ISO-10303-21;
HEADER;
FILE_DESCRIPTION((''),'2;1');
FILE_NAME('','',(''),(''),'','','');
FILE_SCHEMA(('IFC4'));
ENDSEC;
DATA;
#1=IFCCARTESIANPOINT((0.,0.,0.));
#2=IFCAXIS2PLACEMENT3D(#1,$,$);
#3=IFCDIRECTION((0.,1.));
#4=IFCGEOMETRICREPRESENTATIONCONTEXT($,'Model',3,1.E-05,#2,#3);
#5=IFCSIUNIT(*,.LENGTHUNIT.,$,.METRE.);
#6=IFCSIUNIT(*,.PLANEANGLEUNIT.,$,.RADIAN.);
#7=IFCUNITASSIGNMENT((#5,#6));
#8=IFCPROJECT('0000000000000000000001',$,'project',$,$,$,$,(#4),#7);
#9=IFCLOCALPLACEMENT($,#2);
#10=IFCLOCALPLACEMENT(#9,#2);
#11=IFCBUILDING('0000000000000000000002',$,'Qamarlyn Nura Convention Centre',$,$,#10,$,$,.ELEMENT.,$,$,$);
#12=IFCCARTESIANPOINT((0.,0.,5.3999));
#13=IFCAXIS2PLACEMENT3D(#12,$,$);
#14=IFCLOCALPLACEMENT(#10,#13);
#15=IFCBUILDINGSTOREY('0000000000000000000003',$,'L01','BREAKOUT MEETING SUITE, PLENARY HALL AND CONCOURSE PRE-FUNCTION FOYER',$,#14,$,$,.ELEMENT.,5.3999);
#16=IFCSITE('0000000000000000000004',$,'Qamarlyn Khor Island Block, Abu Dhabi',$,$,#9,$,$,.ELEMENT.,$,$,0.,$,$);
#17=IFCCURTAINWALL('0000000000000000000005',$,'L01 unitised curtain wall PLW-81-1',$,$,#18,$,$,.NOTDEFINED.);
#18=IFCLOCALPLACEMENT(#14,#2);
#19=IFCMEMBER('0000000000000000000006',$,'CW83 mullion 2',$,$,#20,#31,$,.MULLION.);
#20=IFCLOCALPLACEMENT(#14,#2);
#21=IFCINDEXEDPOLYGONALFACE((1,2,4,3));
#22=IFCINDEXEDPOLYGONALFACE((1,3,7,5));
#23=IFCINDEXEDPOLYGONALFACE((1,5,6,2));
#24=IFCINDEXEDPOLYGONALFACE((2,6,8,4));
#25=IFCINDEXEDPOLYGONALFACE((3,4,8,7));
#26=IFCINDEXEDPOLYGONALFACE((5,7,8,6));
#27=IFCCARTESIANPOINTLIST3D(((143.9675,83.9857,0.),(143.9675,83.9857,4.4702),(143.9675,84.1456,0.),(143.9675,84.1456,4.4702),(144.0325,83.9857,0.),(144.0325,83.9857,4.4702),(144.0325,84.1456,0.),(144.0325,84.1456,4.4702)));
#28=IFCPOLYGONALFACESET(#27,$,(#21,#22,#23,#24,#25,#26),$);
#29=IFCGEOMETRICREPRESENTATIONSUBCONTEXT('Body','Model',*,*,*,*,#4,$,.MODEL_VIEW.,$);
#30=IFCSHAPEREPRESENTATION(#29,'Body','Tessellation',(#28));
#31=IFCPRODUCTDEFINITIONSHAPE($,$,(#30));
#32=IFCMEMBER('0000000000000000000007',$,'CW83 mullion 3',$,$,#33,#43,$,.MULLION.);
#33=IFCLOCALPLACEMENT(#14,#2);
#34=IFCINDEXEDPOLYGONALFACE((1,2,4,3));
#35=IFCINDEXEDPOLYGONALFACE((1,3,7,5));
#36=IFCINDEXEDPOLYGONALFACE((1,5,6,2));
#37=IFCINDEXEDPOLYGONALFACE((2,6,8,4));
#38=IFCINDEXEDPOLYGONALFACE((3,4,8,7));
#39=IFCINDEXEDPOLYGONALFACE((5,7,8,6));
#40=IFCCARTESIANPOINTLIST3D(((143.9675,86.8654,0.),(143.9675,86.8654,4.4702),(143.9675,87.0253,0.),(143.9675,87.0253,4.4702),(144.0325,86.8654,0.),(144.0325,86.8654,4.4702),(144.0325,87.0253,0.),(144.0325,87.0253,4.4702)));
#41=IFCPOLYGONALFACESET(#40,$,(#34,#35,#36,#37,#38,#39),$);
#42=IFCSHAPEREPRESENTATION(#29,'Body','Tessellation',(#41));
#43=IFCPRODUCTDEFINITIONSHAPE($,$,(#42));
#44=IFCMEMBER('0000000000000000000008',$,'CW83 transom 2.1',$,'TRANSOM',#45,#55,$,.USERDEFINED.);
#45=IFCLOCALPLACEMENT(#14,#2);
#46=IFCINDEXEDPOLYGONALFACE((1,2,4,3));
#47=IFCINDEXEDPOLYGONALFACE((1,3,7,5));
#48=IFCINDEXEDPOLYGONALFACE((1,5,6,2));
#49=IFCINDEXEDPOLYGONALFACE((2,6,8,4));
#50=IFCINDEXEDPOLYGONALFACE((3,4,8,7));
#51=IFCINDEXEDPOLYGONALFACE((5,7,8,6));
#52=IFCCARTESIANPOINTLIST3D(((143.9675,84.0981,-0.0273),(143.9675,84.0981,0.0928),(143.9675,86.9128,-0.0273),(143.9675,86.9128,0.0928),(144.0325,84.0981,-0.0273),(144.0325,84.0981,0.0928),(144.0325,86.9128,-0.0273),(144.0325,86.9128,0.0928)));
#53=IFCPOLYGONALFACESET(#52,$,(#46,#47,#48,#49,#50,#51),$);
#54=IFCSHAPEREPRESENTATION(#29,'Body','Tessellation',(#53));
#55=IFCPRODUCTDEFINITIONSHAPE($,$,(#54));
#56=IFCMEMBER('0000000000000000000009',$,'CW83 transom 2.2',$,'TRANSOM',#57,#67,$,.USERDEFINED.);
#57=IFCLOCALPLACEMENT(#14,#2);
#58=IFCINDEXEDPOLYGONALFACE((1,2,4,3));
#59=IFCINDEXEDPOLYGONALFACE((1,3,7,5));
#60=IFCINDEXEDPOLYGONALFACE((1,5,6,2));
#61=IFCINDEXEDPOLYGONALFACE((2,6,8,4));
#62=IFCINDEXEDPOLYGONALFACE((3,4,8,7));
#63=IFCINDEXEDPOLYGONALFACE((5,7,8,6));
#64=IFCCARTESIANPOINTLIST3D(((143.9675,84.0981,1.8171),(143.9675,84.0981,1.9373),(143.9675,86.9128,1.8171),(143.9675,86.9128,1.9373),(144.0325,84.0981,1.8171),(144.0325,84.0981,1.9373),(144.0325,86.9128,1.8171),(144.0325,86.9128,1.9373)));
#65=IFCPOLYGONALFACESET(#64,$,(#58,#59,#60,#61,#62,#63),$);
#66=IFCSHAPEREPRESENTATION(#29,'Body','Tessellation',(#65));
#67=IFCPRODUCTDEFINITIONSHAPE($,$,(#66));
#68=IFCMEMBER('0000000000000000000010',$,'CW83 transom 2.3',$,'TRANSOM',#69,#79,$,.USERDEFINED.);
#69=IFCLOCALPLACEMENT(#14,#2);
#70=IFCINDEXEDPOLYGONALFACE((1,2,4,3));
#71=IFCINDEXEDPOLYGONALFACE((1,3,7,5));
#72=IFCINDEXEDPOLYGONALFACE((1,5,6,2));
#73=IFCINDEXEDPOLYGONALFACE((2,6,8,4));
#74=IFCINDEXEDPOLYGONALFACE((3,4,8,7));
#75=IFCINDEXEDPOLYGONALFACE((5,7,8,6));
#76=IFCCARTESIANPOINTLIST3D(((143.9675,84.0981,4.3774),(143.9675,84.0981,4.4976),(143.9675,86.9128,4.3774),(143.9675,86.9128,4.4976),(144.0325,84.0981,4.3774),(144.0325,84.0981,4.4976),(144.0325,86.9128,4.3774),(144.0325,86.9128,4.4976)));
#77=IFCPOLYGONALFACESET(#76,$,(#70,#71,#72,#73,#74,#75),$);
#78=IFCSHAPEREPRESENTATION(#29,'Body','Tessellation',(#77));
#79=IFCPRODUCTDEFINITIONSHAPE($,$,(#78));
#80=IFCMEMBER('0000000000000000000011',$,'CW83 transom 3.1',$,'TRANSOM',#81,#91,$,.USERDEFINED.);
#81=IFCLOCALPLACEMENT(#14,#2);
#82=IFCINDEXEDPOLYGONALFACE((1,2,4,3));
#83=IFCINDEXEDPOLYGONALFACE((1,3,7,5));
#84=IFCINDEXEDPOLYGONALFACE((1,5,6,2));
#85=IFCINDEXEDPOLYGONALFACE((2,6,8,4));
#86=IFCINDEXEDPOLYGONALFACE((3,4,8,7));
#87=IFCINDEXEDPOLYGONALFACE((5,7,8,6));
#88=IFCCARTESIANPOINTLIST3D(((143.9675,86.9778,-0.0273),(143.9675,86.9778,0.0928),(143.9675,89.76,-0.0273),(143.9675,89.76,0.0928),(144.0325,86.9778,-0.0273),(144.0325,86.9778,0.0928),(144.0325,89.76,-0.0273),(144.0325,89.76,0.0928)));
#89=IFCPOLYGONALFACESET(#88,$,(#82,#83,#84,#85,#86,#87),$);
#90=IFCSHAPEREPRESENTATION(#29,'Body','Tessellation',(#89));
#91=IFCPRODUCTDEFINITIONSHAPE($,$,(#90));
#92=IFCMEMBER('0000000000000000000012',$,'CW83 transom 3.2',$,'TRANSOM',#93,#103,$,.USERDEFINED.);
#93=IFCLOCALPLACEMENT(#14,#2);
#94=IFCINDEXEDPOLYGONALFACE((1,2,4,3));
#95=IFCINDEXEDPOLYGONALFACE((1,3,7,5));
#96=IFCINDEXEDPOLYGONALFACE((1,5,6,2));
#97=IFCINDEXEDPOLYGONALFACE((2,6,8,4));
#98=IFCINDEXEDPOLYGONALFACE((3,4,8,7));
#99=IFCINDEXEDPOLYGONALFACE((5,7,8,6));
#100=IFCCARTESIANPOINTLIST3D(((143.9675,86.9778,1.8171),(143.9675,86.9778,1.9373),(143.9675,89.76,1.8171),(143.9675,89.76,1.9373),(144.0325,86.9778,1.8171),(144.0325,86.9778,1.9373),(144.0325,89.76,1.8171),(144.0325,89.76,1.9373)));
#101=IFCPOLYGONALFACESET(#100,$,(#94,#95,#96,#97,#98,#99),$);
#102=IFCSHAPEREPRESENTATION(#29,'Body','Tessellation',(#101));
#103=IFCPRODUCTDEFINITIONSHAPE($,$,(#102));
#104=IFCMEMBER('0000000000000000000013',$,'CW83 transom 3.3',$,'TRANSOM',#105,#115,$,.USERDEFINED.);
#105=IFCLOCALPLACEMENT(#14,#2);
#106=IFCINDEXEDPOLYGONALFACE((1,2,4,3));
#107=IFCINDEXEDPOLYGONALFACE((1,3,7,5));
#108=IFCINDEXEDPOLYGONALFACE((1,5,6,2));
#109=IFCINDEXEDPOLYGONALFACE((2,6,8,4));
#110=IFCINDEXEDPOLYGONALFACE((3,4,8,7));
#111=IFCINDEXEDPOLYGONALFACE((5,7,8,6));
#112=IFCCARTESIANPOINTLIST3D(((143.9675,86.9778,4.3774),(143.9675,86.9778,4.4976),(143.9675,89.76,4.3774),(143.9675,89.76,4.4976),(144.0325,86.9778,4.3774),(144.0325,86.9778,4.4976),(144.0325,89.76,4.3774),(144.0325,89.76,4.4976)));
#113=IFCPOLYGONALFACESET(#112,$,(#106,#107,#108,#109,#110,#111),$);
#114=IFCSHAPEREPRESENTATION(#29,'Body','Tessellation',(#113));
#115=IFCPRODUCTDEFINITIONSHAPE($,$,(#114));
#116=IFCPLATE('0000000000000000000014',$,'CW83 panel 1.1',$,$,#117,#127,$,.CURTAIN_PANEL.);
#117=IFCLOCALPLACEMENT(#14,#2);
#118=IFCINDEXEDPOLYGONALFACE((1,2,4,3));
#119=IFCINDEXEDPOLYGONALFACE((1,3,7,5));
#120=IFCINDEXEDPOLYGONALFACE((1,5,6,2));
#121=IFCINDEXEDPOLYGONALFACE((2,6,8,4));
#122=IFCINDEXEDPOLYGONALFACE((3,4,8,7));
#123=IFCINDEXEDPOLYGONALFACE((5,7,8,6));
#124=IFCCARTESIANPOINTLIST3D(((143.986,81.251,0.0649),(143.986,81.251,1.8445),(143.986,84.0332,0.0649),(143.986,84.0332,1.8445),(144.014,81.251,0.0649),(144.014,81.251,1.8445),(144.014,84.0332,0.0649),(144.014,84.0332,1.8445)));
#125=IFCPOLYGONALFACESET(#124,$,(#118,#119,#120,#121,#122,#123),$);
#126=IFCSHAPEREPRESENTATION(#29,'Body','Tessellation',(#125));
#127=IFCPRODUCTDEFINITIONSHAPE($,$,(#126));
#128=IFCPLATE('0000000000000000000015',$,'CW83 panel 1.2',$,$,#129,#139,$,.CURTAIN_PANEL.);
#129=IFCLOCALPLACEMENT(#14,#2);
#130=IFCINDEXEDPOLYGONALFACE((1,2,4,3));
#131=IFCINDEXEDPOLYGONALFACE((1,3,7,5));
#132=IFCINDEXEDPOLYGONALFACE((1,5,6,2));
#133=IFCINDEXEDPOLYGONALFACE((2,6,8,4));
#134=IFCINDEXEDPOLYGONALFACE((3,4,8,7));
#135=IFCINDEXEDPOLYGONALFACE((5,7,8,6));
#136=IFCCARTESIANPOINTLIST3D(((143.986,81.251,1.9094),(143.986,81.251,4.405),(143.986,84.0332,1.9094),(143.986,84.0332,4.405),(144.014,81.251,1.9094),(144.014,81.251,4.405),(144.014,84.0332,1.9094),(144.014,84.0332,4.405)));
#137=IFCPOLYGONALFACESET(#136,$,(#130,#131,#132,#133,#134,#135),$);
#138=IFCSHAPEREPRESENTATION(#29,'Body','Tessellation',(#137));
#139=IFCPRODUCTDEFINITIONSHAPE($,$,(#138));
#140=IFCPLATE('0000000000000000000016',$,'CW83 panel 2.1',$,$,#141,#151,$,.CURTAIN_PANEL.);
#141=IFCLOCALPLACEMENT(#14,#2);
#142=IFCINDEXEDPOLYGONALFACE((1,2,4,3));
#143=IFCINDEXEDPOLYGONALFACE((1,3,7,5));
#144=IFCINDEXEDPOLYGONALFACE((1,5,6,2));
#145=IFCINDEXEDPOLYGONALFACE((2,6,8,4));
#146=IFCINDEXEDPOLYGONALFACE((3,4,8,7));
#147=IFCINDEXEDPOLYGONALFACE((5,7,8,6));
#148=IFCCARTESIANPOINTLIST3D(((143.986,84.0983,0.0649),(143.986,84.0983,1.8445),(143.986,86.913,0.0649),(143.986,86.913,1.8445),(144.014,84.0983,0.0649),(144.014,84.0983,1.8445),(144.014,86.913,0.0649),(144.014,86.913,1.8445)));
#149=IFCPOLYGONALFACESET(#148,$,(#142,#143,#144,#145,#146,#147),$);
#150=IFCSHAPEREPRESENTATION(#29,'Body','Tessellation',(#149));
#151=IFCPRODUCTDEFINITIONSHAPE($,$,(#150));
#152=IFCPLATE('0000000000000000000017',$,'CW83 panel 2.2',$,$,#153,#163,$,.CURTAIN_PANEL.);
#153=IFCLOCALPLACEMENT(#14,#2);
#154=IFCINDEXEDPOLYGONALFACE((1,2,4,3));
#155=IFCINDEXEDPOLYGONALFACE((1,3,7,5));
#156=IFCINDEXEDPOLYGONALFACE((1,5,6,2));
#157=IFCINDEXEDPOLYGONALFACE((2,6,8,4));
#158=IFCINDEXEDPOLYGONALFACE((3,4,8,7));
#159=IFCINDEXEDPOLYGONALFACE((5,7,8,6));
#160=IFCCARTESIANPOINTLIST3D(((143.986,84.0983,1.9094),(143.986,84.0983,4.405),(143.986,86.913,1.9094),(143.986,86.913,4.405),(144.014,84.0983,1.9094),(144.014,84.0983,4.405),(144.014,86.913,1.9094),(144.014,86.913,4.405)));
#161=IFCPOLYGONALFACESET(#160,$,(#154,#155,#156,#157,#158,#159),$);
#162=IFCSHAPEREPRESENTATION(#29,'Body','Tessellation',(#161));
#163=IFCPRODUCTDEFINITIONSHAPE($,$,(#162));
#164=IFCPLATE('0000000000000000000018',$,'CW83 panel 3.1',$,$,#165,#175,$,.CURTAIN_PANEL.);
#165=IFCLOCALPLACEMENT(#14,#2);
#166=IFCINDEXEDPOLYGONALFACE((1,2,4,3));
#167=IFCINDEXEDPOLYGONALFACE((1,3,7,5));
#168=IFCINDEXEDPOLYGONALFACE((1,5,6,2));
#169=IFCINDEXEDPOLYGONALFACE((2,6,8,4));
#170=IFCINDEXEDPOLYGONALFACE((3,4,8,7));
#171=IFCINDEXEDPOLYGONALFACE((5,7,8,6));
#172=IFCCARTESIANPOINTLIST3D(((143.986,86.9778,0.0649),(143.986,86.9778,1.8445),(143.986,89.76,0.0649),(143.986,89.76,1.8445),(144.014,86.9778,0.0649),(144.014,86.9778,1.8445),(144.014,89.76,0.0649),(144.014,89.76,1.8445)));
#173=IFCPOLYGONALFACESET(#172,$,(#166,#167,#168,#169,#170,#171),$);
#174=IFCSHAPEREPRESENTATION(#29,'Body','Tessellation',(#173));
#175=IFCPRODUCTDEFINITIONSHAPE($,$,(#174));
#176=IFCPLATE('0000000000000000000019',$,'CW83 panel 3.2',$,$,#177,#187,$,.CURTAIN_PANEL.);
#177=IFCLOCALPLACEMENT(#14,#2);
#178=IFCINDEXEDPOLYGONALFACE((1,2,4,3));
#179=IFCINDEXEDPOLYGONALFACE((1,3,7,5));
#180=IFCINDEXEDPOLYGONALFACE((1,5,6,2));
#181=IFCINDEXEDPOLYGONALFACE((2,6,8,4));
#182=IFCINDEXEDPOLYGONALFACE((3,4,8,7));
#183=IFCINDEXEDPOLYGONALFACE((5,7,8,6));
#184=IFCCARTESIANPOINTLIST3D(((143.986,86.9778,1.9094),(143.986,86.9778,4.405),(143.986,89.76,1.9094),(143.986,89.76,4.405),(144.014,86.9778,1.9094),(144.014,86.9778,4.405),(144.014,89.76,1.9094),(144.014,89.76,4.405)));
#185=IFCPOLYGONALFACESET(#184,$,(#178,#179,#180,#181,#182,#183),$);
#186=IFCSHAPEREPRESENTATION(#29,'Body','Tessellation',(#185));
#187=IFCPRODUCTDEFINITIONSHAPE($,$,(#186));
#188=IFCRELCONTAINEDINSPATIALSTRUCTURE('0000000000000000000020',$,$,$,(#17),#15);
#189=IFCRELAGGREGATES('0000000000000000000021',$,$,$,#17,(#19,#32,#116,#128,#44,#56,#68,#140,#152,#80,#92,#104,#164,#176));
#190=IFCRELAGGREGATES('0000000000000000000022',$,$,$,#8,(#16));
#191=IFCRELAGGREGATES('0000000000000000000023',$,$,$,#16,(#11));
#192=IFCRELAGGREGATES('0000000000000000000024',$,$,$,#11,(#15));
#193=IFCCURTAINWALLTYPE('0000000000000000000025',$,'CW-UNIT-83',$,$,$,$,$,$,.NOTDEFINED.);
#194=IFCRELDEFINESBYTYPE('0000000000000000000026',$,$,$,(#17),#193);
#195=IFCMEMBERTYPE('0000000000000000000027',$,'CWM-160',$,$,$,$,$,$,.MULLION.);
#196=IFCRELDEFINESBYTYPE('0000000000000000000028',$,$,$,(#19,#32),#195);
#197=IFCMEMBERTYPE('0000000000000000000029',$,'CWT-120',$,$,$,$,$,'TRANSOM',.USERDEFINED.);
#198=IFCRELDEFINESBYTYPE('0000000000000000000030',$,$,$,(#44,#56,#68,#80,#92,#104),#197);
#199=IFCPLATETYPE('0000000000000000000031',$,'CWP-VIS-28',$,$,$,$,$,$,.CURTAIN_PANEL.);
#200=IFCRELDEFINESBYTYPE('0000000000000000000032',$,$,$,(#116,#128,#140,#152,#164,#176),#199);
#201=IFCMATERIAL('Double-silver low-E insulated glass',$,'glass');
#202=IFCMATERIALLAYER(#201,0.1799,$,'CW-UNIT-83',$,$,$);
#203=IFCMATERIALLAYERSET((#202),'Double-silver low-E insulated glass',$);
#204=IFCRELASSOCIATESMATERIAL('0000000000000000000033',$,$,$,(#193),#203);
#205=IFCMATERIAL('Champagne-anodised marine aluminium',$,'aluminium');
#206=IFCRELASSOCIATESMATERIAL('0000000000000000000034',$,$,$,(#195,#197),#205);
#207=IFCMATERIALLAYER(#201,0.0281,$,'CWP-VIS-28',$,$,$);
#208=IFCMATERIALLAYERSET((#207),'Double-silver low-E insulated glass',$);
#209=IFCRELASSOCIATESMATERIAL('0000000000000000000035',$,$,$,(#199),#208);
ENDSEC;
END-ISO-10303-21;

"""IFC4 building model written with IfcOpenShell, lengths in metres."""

from ifc_helpers import new_model, si_unit, direction, frame, origin, origin_2d, place, context, subcontext, project, spatial, rectangle, extrude, material, layer, layer_set, material_profile, profile_set, type_object, element, aggregate, save


model = new_model("IFC4")

# Units and contexts
model_context = context("Model", 3, precision=1e-05, world=origin(), true_north=direction((0.0, 1.0)))
body_context = subcontext(model_context, "Body", "Model", "MODEL_VIEW")
ifc_project = project(units=[si_unit("LENGTHUNIT", "METRE"), si_unit("PLANEANGLEUNIT", "RADIAN")], contexts=[model_context])

# Site, building, storey
site_placement = place(None, origin())
site = spatial("IfcSite", under=ifc_project, at=site_placement, Name="Qamarlyn Khor Island Block, Abu Dhabi", CompositionType="ELEMENT", RefElevation=0.0)
building_placement = place(site_placement, origin())
building = spatial("IfcBuilding", under=site, at=building_placement, Name="Qamarlyn Nura Convention Centre", CompositionType="ELEMENT")
storey_placement = place(building_placement, frame((0.0, 0.0, 5.3999)))
storey = spatial("IfcBuildingStorey", under=building, at=storey_placement, Name="L01", Description="BREAKOUT MEETING SUITE, PLENARY HALL AND CONCOURSE PRE-FUNCTION FOYER", CompositionType="ELEMENT", Elevation=5.3999)

# Curtain wall, members, plates
ifc_material_1 = material(Name="Double-silver low-E insulated glass", Category="glass")
ifc_layer_1 = layer(ifc_material_1, 0.1799, Name="CW-UNIT-83")
ifc_layer_set_1 = layer_set([ifc_layer_1], Name="Double-silver low-E insulated glass")
curtain_wall_type = type_object("IfcCurtainWallType", Name="CW-UNIT-83", PredefinedType="NOTDEFINED", material=ifc_layer_set_1)
curtain_wall_placement = place(storey_placement, origin())
curtain_wall = element("IfcCurtainWall", 1, at=curtain_wall_placement, inside=storey, type_object=curtain_wall_type, Name="L01 unitised curtain wall PLW-81-1", PredefinedType="NOTDEFINED")
ifc_material_2 = material(Name="Champagne-anodised marine aluminium", Category="aluminium")
ifc_material_profile_1 = material_profile(ifc_material_2, rectangle(XDim=0.0649, YDim=0.1599, at=origin_2d()), Name="ALU MULLION 65x160")
ifc_profile_set_1 = profile_set([ifc_material_profile_1], Name="Champagne-anodised marine aluminium")
member_type_1 = type_object("IfcMemberType", Name="CWM-160", PredefinedType="MULLION", material=ifc_profile_set_1)
member_1_placement = place(storey_placement, frame((144.0, 84.0657, 0.0), z_axis=(0.0, 0.0, 1.0), x_axis=(-1.0, 0.0, 0.0)))
member_1 = element("IfcMember", 2, at=member_1_placement, type_object=member_type_1, Name="CW83 mullion 2", PredefinedType="MULLION", context=body_context, shape_type="SweptSolid", body=[
    extrude(rectangle(XDim=0.0649, YDim=0.1599, at=origin_2d()), origin(), (0.0, 0.0, 1.0), 4.4702),
])
member_2_placement = place(storey_placement, frame((144.0, 86.9453, 0.0), z_axis=(0.0, 0.0, 1.0), x_axis=(-1.0, 0.0, 0.0)))
member_2 = element("IfcMember", 3, at=member_2_placement, type_object=member_type_1, Name="CW83 mullion 3", PredefinedType="MULLION", context=body_context, shape_type="SweptSolid", body=[
    extrude(rectangle(XDim=0.0649, YDim=0.1599, at=origin_2d()), origin(), (0.0, 0.0, 1.0), 4.4702),
])
ifc_material_profile_2 = material_profile(ifc_material_2, rectangle(XDim=0.0649, YDim=0.1201, at=origin_2d()), Name="ALU TRANSOM 65x120")
ifc_profile_set_2 = profile_set([ifc_material_profile_2], Name="Champagne-anodised marine aluminium")
member_type_2 = type_object("IfcMemberType", Name="CWT-120", ElementType="TRANSOM", PredefinedType="USERDEFINED", material=ifc_profile_set_2)
member_3_placement = place(storey_placement, frame((144.0, 84.0981, 0.0327), z_axis=(0.0, 1.0, 0.0), x_axis=(-1.0, 0.0, 0.0)))
member_3 = element("IfcMember", 4, at=member_3_placement, type_object=member_type_2, Name="CW83 transom 2.1", ObjectType="TRANSOM", PredefinedType="USERDEFINED", context=body_context, shape_type="SweptSolid", body=[
    extrude(rectangle(XDim=0.0649, YDim=0.1201, at=origin_2d()), origin(), (0.0, 0.0, 1.0), 2.8147),
])
member_4_placement = place(storey_placement, frame((144.0, 84.0981, 1.8772), z_axis=(0.0, 1.0, 0.0), x_axis=(-1.0, 0.0, 0.0)))
member_4 = element("IfcMember", 5, at=member_4_placement, type_object=member_type_2, Name="CW83 transom 2.2", ObjectType="TRANSOM", PredefinedType="USERDEFINED", context=body_context, shape_type="SweptSolid", body=[
    extrude(rectangle(XDim=0.0649, YDim=0.1201, at=origin_2d()), origin(), (0.0, 0.0, 1.0), 2.8147),
])
member_5_placement = place(storey_placement, frame((144.0, 84.0981, 4.4375), z_axis=(0.0, 1.0, 0.0), x_axis=(-1.0, 0.0, 0.0)))
member_5 = element("IfcMember", 6, at=member_5_placement, type_object=member_type_2, Name="CW83 transom 2.3", ObjectType="TRANSOM", PredefinedType="USERDEFINED", context=body_context, shape_type="SweptSolid", body=[
    extrude(rectangle(XDim=0.0649, YDim=0.1201, at=origin_2d()), origin(), (0.0, 0.0, 1.0), 2.8147),
])
member_6_placement = place(storey_placement, frame((144.0, 86.9778, 0.0327), z_axis=(0.0, 1.0, 0.0), x_axis=(-1.0, 0.0, 0.0)))
member_6 = element("IfcMember", 7, at=member_6_placement, type_object=member_type_2, Name="CW83 transom 3.1", ObjectType="TRANSOM", PredefinedType="USERDEFINED", context=body_context, shape_type="SweptSolid", body=[
    extrude(rectangle(XDim=0.0649, YDim=0.1201, at=origin_2d()), origin(), (0.0, 0.0, 1.0), 2.7822),
])
member_7_placement = place(storey_placement, frame((144.0, 86.9778, 1.8772), z_axis=(0.0, 1.0, 0.0), x_axis=(-1.0, 0.0, 0.0)))
member_7 = element("IfcMember", 8, at=member_7_placement, type_object=member_type_2, Name="CW83 transom 3.2", ObjectType="TRANSOM", PredefinedType="USERDEFINED", context=body_context, shape_type="SweptSolid", body=[
    extrude(rectangle(XDim=0.0649, YDim=0.1201, at=origin_2d()), origin(), (0.0, 0.0, 1.0), 2.7822),
])
member_8_placement = place(storey_placement, frame((144.0, 86.9778, 4.4375), z_axis=(0.0, 1.0, 0.0), x_axis=(-1.0, 0.0, 0.0)))
member_8 = element("IfcMember", 9, at=member_8_placement, type_object=member_type_2, Name="CW83 transom 3.3", ObjectType="TRANSOM", PredefinedType="USERDEFINED", context=body_context, shape_type="SweptSolid", body=[
    extrude(rectangle(XDim=0.0649, YDim=0.1201, at=origin_2d()), origin(), (0.0, 0.0, 1.0), 2.7822),
])
ifc_layer_2 = layer(ifc_material_1, 0.0281, Name="CWP-VIS-28")
ifc_layer_set_2 = layer_set([ifc_layer_2], Name="Double-silver low-E insulated glass")
plate_type_1 = type_object("IfcPlateType", Name="CWP-VIS-28", PredefinedType="CURTAIN_PANEL", material=ifc_layer_set_2)
plate_1_placement = place(storey_placement, frame((144.0, 82.6421, 0.0649), z_axis=(0.0, 0.0, 1.0), x_axis=(0.0, 1.0, 0.0)))
plate_1 = element("IfcPlate", 10, at=plate_1_placement, type_object=plate_type_1, Name="CW83 panel 1.1", PredefinedType="CURTAIN_PANEL", context=body_context, shape_type="SweptSolid", body=[
    extrude(rectangle(XDim=2.7822, YDim=0.0281, at=origin_2d()), origin(), (0.0, 0.0, 1.0), 1.7795),
])
plate_2_placement = place(storey_placement, frame((144.0, 82.6421, 1.9094), z_axis=(0.0, 0.0, 1.0), x_axis=(0.0, 1.0, 0.0)))
plate_2 = element("IfcPlate", 11, at=plate_2_placement, type_object=plate_type_1, Name="CW83 panel 1.2", PredefinedType="CURTAIN_PANEL", context=body_context, shape_type="SweptSolid", body=[
    extrude(rectangle(XDim=2.7822, YDim=0.0281, at=origin_2d()), origin(), (0.0, 0.0, 1.0), 2.4956),
])
plate_3_placement = place(storey_placement, frame((144.0, 85.5056, 0.0649), z_axis=(0.0, 0.0, 1.0), x_axis=(0.0, 1.0, 0.0)))
plate_3 = element("IfcPlate", 12, at=plate_3_placement, type_object=plate_type_1, Name="CW83 panel 2.1", PredefinedType="CURTAIN_PANEL", context=body_context, shape_type="SweptSolid", body=[
    extrude(rectangle(XDim=2.8147, YDim=0.0281, at=origin_2d()), origin(), (0.0, 0.0, 1.0), 1.7795),
])
plate_4_placement = place(storey_placement, frame((144.0, 85.5056, 1.9094), z_axis=(0.0, 0.0, 1.0), x_axis=(0.0, 1.0, 0.0)))
plate_4 = element("IfcPlate", 13, at=plate_4_placement, type_object=plate_type_1, Name="CW83 panel 2.2", PredefinedType="CURTAIN_PANEL", context=body_context, shape_type="SweptSolid", body=[
    extrude(rectangle(XDim=2.8147, YDim=0.0281, at=origin_2d()), origin(), (0.0, 0.0, 1.0), 2.4956),
])
plate_5_placement = place(storey_placement, frame((144.0, 88.3689, 0.0649), z_axis=(0.0, 0.0, 1.0), x_axis=(0.0, 1.0, 0.0)))
plate_5 = element("IfcPlate", 14, at=plate_5_placement, type_object=plate_type_1, Name="CW83 panel 3.1", PredefinedType="CURTAIN_PANEL", context=body_context, shape_type="SweptSolid", body=[
    extrude(rectangle(XDim=2.7822, YDim=0.0281, at=origin_2d()), origin(), (0.0, 0.0, 1.0), 1.7795),
])
plate_6_placement = place(storey_placement, frame((144.0, 88.3689, 1.9094), z_axis=(0.0, 0.0, 1.0), x_axis=(0.0, 1.0, 0.0)))
plate_6 = element("IfcPlate", 15, at=plate_6_placement, type_object=plate_type_1, Name="CW83 panel 3.2", PredefinedType="CURTAIN_PANEL", context=body_context, shape_type="SweptSolid", body=[
    extrude(rectangle(XDim=2.7822, YDim=0.0281, at=origin_2d()), origin(), (0.0, 0.0, 1.0), 2.4956),
])
aggregate(curtain_wall, [member_1, member_2, plate_1, plate_2, member_3, member_4, member_5, plate_3, plate_4, member_6, member_7, member_8, plate_5, plate_6])

save(model, "model.ifc")
